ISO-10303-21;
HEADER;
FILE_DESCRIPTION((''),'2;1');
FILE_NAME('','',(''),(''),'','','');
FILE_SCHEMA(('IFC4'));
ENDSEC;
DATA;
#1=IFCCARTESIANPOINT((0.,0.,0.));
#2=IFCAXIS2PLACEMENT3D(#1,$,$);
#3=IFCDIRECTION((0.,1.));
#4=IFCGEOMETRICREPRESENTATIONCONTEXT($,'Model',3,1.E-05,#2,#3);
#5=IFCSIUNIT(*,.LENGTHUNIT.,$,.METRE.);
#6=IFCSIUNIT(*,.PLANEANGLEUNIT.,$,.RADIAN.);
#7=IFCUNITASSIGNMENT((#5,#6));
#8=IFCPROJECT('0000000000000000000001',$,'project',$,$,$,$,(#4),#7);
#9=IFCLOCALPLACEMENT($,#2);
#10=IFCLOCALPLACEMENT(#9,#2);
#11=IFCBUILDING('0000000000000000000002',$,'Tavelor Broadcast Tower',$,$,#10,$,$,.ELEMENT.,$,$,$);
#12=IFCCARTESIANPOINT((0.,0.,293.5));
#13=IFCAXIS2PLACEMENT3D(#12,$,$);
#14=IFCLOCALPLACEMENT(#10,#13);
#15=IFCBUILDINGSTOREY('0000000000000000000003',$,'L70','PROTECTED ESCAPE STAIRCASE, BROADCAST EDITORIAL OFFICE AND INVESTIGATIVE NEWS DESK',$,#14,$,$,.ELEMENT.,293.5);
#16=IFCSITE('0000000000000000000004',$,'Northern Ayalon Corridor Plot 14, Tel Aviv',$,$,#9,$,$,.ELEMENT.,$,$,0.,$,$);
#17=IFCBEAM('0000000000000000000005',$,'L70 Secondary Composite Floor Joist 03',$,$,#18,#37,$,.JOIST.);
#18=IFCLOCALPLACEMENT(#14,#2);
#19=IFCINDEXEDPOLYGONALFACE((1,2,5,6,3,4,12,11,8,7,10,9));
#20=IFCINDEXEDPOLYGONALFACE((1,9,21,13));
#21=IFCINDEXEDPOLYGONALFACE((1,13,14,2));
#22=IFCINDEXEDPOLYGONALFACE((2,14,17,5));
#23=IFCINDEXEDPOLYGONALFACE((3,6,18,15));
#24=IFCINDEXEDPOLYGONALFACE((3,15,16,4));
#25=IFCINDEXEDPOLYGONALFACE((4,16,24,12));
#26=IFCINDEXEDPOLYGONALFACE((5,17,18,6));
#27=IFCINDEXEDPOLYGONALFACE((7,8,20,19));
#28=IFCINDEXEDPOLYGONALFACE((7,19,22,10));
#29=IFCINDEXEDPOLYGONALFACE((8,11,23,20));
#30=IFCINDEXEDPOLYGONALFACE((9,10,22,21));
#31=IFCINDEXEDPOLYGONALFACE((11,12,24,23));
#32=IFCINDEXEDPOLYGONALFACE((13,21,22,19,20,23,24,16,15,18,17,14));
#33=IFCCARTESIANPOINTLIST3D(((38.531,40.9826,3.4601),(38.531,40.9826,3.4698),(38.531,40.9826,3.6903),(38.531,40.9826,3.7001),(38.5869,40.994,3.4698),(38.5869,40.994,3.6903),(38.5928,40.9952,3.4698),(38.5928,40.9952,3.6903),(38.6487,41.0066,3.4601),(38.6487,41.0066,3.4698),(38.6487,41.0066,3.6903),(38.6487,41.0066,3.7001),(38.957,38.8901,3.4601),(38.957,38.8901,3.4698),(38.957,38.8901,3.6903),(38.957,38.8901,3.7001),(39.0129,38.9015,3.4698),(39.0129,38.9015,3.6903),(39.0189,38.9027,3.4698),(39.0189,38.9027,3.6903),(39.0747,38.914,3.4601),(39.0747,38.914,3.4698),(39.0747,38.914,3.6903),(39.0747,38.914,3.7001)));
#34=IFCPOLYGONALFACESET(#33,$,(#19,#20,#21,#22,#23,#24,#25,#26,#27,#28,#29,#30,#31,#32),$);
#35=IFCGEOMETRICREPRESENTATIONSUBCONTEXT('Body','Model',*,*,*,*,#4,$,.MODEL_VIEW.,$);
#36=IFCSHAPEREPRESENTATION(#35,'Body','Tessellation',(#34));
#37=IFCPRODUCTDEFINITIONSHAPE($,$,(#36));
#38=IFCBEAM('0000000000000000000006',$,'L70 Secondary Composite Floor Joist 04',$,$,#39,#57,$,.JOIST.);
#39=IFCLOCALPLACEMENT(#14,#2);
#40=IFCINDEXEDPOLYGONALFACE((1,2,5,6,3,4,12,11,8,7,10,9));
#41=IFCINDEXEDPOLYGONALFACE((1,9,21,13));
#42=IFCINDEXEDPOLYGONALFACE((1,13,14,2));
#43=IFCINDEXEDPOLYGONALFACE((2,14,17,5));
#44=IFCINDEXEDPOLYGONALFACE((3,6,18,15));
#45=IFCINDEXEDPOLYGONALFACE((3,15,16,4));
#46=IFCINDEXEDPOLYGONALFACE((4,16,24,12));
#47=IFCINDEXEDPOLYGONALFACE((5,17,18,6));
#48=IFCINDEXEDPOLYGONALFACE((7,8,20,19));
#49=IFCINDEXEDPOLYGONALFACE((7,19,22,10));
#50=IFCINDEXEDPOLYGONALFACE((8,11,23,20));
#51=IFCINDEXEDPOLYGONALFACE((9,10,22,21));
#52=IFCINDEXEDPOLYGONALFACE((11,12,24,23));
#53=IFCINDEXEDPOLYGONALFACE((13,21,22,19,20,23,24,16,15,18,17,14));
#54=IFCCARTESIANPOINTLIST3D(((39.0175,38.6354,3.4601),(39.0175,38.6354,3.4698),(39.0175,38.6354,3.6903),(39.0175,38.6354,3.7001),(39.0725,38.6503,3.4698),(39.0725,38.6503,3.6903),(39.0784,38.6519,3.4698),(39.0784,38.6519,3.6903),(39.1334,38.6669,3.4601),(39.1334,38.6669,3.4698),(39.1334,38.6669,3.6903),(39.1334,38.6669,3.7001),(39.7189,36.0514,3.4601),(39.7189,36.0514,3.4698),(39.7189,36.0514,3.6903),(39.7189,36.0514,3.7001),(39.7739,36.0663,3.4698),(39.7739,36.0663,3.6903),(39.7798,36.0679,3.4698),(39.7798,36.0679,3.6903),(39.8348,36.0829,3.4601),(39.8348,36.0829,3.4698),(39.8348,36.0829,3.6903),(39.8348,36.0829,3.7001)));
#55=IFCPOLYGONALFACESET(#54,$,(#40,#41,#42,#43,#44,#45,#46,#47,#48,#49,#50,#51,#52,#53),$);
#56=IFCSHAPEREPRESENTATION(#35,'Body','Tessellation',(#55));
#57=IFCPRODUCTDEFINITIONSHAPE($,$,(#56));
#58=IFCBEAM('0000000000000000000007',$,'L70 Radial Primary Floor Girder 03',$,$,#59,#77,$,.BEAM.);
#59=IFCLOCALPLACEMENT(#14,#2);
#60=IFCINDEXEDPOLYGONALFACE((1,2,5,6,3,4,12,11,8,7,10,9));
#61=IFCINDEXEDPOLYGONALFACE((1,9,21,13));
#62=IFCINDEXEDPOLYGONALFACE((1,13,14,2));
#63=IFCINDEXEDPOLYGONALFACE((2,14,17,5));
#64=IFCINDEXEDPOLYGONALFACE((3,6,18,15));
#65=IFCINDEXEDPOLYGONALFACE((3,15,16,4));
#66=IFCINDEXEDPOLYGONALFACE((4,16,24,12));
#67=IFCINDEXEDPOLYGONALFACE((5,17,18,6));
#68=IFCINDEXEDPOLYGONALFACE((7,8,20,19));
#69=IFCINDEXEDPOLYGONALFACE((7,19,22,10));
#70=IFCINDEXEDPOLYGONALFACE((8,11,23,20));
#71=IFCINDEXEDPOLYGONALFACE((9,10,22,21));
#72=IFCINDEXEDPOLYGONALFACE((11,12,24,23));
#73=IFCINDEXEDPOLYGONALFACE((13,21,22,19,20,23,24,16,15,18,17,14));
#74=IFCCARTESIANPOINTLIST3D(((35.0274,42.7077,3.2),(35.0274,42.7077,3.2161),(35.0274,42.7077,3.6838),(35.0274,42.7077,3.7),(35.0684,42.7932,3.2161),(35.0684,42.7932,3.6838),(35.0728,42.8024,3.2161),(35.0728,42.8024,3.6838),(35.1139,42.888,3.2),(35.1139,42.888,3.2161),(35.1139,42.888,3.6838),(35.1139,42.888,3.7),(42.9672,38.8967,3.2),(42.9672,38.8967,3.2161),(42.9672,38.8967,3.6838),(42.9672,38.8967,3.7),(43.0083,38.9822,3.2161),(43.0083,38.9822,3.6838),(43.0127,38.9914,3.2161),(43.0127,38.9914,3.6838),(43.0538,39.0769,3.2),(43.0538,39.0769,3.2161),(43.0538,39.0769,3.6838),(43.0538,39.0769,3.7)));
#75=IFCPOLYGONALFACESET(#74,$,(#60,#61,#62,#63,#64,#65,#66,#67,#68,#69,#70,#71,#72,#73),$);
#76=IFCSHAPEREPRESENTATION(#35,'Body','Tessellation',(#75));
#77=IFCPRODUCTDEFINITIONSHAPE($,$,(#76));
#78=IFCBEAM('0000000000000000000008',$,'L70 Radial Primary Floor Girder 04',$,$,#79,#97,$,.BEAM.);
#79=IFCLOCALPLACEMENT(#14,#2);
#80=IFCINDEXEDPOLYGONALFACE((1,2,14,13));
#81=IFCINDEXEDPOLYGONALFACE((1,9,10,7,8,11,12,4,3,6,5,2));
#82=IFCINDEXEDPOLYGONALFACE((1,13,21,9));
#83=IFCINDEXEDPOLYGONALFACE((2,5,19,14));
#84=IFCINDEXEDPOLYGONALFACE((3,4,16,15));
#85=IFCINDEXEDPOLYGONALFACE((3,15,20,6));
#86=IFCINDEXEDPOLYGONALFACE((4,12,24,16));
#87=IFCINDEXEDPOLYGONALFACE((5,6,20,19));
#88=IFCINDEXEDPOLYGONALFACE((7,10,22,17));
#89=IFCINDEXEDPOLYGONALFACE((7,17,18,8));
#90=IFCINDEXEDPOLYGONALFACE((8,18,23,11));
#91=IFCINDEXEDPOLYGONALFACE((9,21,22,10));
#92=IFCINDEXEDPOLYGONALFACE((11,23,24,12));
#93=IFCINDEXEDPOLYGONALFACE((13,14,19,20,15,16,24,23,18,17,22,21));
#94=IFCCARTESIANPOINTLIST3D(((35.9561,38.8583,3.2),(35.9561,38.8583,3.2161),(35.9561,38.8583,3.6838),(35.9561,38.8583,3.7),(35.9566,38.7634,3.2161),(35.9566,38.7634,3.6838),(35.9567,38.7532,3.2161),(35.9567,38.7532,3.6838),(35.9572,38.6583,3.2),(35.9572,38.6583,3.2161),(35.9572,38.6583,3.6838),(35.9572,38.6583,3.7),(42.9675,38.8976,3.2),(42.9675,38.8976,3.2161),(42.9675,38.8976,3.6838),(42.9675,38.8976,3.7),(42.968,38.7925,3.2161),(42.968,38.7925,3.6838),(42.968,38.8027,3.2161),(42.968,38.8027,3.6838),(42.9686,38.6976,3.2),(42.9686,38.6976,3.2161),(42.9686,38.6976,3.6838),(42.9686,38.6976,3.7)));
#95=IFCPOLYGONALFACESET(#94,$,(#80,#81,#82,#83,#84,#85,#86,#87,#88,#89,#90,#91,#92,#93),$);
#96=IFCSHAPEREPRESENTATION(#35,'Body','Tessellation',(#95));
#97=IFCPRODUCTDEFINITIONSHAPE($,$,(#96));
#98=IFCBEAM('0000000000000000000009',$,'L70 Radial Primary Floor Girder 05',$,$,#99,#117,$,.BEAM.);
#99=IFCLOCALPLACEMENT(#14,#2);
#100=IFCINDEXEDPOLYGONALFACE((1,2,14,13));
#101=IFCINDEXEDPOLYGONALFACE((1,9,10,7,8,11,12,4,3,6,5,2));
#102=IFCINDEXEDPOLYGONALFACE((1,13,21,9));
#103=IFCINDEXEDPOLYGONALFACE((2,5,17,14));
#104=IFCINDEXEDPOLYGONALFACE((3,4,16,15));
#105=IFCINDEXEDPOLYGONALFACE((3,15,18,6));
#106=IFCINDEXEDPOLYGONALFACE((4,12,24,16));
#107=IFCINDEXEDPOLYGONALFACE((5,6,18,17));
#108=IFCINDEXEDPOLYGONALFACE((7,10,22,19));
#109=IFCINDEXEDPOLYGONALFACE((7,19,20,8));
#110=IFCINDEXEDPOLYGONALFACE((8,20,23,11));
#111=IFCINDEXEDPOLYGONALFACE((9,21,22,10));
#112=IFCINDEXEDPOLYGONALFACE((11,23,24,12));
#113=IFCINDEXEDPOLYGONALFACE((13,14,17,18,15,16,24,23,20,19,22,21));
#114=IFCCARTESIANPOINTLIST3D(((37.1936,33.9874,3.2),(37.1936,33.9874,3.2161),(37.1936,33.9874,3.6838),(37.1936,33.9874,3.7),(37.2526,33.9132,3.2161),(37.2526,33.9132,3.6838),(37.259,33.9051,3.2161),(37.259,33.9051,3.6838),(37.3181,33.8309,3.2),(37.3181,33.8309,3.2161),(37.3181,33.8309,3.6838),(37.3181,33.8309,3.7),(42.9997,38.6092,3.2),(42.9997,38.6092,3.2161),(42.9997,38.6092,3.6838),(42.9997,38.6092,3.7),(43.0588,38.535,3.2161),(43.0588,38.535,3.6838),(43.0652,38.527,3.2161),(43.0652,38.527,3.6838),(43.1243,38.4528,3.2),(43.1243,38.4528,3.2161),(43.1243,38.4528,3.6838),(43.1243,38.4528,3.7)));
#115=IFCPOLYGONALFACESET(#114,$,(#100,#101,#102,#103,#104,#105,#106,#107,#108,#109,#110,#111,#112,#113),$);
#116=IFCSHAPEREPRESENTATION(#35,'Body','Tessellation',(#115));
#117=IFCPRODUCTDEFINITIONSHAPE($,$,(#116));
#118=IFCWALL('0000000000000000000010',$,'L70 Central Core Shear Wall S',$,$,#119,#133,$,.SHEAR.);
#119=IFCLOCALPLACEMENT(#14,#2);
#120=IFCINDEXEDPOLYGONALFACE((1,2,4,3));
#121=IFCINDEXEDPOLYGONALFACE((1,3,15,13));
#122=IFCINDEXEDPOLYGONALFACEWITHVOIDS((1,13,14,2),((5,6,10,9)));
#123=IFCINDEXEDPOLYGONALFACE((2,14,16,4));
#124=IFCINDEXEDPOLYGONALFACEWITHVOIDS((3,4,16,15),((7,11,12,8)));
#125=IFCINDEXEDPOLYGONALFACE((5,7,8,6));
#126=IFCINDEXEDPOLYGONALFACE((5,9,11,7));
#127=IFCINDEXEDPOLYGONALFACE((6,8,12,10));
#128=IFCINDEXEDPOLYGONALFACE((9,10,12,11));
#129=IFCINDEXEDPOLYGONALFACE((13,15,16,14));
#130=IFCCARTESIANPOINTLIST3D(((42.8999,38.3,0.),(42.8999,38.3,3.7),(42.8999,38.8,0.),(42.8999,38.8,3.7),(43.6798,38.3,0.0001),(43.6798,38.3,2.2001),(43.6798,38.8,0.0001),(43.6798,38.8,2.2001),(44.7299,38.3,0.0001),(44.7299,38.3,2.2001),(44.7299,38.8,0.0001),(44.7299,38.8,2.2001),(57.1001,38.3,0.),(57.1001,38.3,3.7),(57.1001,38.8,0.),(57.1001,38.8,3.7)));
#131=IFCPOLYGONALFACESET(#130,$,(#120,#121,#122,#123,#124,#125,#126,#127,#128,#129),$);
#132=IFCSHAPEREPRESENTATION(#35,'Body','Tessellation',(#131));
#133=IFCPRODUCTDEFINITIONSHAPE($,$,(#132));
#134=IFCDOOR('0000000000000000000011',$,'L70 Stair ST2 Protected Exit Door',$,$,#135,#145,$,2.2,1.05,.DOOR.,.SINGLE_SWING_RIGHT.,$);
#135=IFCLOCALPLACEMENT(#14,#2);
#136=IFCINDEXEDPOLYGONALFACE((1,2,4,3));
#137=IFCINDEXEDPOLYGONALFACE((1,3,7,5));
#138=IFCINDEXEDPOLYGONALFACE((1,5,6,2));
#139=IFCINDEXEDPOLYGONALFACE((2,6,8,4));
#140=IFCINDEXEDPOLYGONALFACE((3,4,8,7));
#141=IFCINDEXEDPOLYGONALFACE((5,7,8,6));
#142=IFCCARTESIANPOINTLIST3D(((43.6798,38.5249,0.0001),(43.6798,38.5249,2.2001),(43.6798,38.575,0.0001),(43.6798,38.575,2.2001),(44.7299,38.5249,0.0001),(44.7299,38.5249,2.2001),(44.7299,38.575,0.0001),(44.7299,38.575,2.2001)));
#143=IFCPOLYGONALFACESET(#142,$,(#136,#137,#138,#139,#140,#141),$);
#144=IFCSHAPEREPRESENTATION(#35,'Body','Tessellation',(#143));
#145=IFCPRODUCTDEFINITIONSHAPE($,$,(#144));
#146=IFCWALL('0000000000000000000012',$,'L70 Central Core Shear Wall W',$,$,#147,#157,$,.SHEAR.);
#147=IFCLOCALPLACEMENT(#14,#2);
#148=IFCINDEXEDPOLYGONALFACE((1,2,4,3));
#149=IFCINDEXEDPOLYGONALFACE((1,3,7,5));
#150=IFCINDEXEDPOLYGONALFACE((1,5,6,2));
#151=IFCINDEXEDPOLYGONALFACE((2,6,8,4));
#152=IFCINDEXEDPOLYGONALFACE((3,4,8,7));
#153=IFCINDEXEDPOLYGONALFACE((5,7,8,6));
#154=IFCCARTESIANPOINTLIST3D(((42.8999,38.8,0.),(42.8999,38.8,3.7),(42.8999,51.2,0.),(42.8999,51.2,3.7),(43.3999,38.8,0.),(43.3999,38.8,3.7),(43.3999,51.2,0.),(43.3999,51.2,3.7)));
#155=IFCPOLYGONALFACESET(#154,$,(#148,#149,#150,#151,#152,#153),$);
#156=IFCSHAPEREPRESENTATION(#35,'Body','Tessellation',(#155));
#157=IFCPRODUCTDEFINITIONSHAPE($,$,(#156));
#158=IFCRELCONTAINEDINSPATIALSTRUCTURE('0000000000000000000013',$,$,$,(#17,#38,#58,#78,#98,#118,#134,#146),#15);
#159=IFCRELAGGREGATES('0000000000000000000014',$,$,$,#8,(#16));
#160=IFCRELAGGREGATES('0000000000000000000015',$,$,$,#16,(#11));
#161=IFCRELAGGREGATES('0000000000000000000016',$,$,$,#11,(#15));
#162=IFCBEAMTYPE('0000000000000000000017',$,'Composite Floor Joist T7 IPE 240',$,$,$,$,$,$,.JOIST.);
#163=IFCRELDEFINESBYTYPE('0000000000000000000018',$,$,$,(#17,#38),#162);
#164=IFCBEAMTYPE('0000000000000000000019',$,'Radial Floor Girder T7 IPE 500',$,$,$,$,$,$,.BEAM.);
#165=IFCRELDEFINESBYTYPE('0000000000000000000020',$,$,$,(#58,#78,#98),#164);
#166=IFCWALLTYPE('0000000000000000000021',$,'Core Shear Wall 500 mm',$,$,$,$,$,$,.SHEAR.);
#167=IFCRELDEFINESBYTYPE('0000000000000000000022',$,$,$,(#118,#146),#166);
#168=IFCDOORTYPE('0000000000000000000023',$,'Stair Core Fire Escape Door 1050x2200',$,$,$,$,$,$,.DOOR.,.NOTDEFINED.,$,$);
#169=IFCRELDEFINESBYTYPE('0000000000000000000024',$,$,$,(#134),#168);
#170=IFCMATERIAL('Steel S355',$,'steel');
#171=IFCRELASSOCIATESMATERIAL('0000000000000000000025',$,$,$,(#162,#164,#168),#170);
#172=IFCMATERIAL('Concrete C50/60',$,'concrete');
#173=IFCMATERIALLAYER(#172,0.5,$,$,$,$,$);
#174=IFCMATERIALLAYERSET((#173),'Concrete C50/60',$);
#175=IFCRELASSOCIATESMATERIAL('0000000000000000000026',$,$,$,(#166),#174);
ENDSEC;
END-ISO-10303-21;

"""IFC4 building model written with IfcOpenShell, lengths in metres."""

from ifc_helpers import new_model, si_unit, direction, frame, frame_2d, origin, origin_2d, place, context, subcontext, project, spatial, rectangle, i_section, extrude, material, layer, layer_set, material_profile, profile_set, type_object, element, fill, save


model = new_model("IFC4")

# Units and contexts
model_context = context("Model", 3, precision=1e-05, world=origin(), true_north=direction((0.0, 1.0)))
body_context = subcontext(model_context, "Body", "Model", "MODEL_VIEW")
ifc_project = project(units=[si_unit("LENGTHUNIT", "METRE"), si_unit("PLANEANGLEUNIT", "RADIAN")], contexts=[model_context])

# Site, building, storey
site_placement = place(None, origin())
site = spatial("IfcSite", under=ifc_project, at=site_placement, Name="Northern Ayalon Corridor Plot 14, Tel Aviv", CompositionType="ELEMENT", RefElevation=0.0)
building_placement = place(site_placement, origin())
building = spatial("IfcBuilding", under=site, at=building_placement, Name="Tavelor Broadcast Tower", CompositionType="ELEMENT")
storey_placement = place(building_placement, frame((0.0, 0.0, 293.5)))
storey = spatial("IfcBuildingStorey", under=building, at=storey_placement, Name="L70", Description="PROTECTED ESCAPE STAIRCASE, BROADCAST EDITORIAL OFFICE AND INVESTIGATIVE NEWS DESK", CompositionType="ELEMENT", Elevation=293.5)

# Beams
ifc_material_1 = material(Name="Steel S355", Category="steel")
ifc_material_profile_1 = material_profile(ifc_material_1, i_section(OverallWidth=0.1201, OverallDepth=0.24, WebThickness=0.0061, FlangeThickness=0.0098, at=origin_2d()), Name="IPE 240")
ifc_profile_set_1 = profile_set([ifc_material_profile_1], Name="Steel S355")
beam_type_1 = type_object("IfcBeamType", Name="Composite Floor Joist T7 IPE 240", PredefinedType="JOIST", material=ifc_profile_set_1)
beam_1_placement = place(storey_placement, frame((38.5898, 40.9946, 3.5801), z_axis=(0.199501, -0.979898, 0.0), x_axis=(0.979898, 0.199501, 0.0)))
element("IfcBeam", 1, at=beam_1_placement, inside=storey, type_object=beam_type_1, Name="L70 Secondary Composite Floor Joist 03", PredefinedType="JOIST", context=body_context, shape_type="SweptSolid", body=[
    extrude(i_section(OverallWidth=0.1201, OverallDepth=0.24, WebThickness=0.0061, FlangeThickness=0.0098, at=origin_2d()), origin(), (0.0, 0.0, 1.0), 2.1355),
])
beam_2_placement = place(storey_placement, frame((39.0754, 38.6511, 3.5801), z_axis=(0.261968, -0.965077, 0.0), x_axis=(0.965077, 0.261968, 0.0)))
element("IfcBeam", 2, at=beam_2_placement, inside=storey, type_object=beam_type_1, Name="L70 Secondary Composite Floor Joist 04", PredefinedType="JOIST", context=body_context, shape_type="SweptSolid", body=[
    extrude(i_section(OverallWidth=0.1201, OverallDepth=0.24, WebThickness=0.0061, FlangeThickness=0.0098, at=origin_2d()), origin(), (0.0, 0.0, 1.0), 2.6775),
])
ifc_material_profile_2 = material_profile(ifc_material_1, i_section(OverallWidth=0.2, OverallDepth=0.5, WebThickness=0.0103, FlangeThickness=0.0161, at=origin_2d()), Name="IPE 500")
ifc_profile_set_2 = profile_set([ifc_material_profile_2], Name="Steel S355")
beam_type_2 = type_object("IfcBeamType", Name="Radial Floor Girder T7 IPE 500", PredefinedType="BEAM", material=ifc_profile_set_2)
beam_3_placement = place(storey_placement, frame((43.0105, 38.9868, 3.45), z_axis=(-0.901529, 0.432718, 0.0), x_axis=(-0.432718, -0.901529, 0.0)))
element("IfcBeam", 3, at=beam_3_placement, inside=storey, type_object=beam_type_2, Name="L70 Radial Primary Floor Girder 03", PredefinedType="BEAM", context=body_context, shape_type="SweptSolid", body=[
    extrude(i_section(OverallWidth=0.2, OverallDepth=0.5, WebThickness=0.0103, FlangeThickness=0.0161, at=origin_2d()), origin(), (0.0, 0.0, 1.0), 8.8071),
])
beam_4_placement = place(storey_placement, frame((42.968, 38.7976, 3.45), z_axis=(-0.999984, -0.005606, 0.0), x_axis=(0.005606, -0.999984, 0.0)))
element("IfcBeam", 4, at=beam_4_placement, inside=storey, type_object=beam_type_2, Name="L70 Radial Primary Floor Girder 04", PredefinedType="BEAM", context=body_context, shape_type="SweptSolid", body=[
    extrude(i_section(OverallWidth=0.2, OverallDepth=0.5, WebThickness=0.0103, FlangeThickness=0.0161, at=origin_2d()), origin(), (0.0, 0.0, 1.0), 7.0115),
])
beam_5_placement = place(storey_placement, frame((43.062, 38.531, 3.45), z_axis=(-0.782385, -0.622796, 0.0), x_axis=(0.622796, -0.782385, 0.0)))
element("IfcBeam", 5, at=beam_5_placement, inside=storey, type_object=beam_type_2, Name="L70 Radial Primary Floor Girder 05", PredefinedType="BEAM", context=body_context, shape_type="SweptSolid", body=[
    extrude(i_section(OverallWidth=0.2, OverallDepth=0.5, WebThickness=0.0103, FlangeThickness=0.0161, at=origin_2d()), origin(), (0.0, 0.0, 1.0), 7.4211),
])

# Wall, opening, door
ifc_material_2 = material(Name="Concrete C50/60", Category="concrete")
ifc_layer_1 = layer(ifc_material_2, 0.5)
ifc_layer_set_1 = layer_set([ifc_layer_1], Name="Concrete C50/60")
wall_type_1 = type_object("IfcWallType", Name="Core Shear Wall 500 mm", PredefinedType="SHEAR", material=ifc_layer_set_1)
wall_1_placement = place(storey_placement, frame((42.8999, 38.55, 0.0), z_axis=(0.0, 0.0, 1.0), x_axis=(1.0, 0.0, 0.0)))
wall_1 = element("IfcWall", 6, at=wall_1_placement, inside=storey, type_object=wall_type_1, Name="L70 Central Core Shear Wall S", PredefinedType="SHEAR", context=body_context, shape_type="SweptSolid", body=[
    extrude(rectangle(XDim=14.2002, YDim=0.5, at=frame_2d((7.1001, 0.0))), origin(), (0.0, 0.0, 1.0), 3.7),
])
opening_1_placement = place(wall_1_placement, frame((0.78, 0.0, 0.0)))
opening_1 = element("IfcOpeningElement", 7, at=opening_1_placement, cuts=wall_1, PredefinedType="OPENING", context=body_context, shape_type="SweptSolid", body=[
    extrude(rectangle(XDim=1.05, YDim=2.2, at=frame_2d((0.5249, 1.1001))), frame((0.0, 0.26, 0.0), z_axis=(0.0, -1.0, 0.0), x_axis=(1.0, 0.0, 0.0)), (0.0, 0.0, 1.0), 0.52),
])
door_type_1 = type_object("IfcDoorType", Name="Stair Core Fire Escape Door 1050x2200", OperationType="NOTDEFINED", PredefinedType="DOOR", material=ifc_material_1)
door_1_placement = place(opening_1_placement, origin())
door_1 = element("IfcDoor", 8, at=door_1_placement, inside=storey, type_object=door_type_1, Name="L70 Stair ST2 Protected Exit Door", OperationType="SINGLE_SWING_RIGHT", OverallHeight=2.2, OverallWidth=1.05, PredefinedType="DOOR", context=body_context, shape_type="SweptSolid", body=[
    extrude(rectangle(XDim=1.05, YDim=2.2, at=frame_2d((0.5249, 1.1001))), frame((0.0, 0.0249, 0.0), z_axis=(0.0, -1.0, 0.0), x_axis=(1.0, 0.0, 0.0)), (0.0, 0.0, 1.0), 0.05),
])
fill(opening_1, door_1)

# Wall
wall_2_placement = place(storey_placement, frame((43.1499, 38.8, 0.0), z_axis=(0.0, 0.0, 1.0), x_axis=(0.0, 1.0, 0.0)))
element("IfcWall", 9, at=wall_2_placement, inside=storey, type_object=wall_type_1, Name="L70 Central Core Shear Wall W", PredefinedType="SHEAR", context=body_context, shape_type="SweptSolid", body=[
    extrude(rectangle(XDim=12.3999, YDim=0.5, at=frame_2d((6.2, 0.0))), origin(), (0.0, 0.0, 1.0), 3.7),
])

save(model, "model.ifc")
